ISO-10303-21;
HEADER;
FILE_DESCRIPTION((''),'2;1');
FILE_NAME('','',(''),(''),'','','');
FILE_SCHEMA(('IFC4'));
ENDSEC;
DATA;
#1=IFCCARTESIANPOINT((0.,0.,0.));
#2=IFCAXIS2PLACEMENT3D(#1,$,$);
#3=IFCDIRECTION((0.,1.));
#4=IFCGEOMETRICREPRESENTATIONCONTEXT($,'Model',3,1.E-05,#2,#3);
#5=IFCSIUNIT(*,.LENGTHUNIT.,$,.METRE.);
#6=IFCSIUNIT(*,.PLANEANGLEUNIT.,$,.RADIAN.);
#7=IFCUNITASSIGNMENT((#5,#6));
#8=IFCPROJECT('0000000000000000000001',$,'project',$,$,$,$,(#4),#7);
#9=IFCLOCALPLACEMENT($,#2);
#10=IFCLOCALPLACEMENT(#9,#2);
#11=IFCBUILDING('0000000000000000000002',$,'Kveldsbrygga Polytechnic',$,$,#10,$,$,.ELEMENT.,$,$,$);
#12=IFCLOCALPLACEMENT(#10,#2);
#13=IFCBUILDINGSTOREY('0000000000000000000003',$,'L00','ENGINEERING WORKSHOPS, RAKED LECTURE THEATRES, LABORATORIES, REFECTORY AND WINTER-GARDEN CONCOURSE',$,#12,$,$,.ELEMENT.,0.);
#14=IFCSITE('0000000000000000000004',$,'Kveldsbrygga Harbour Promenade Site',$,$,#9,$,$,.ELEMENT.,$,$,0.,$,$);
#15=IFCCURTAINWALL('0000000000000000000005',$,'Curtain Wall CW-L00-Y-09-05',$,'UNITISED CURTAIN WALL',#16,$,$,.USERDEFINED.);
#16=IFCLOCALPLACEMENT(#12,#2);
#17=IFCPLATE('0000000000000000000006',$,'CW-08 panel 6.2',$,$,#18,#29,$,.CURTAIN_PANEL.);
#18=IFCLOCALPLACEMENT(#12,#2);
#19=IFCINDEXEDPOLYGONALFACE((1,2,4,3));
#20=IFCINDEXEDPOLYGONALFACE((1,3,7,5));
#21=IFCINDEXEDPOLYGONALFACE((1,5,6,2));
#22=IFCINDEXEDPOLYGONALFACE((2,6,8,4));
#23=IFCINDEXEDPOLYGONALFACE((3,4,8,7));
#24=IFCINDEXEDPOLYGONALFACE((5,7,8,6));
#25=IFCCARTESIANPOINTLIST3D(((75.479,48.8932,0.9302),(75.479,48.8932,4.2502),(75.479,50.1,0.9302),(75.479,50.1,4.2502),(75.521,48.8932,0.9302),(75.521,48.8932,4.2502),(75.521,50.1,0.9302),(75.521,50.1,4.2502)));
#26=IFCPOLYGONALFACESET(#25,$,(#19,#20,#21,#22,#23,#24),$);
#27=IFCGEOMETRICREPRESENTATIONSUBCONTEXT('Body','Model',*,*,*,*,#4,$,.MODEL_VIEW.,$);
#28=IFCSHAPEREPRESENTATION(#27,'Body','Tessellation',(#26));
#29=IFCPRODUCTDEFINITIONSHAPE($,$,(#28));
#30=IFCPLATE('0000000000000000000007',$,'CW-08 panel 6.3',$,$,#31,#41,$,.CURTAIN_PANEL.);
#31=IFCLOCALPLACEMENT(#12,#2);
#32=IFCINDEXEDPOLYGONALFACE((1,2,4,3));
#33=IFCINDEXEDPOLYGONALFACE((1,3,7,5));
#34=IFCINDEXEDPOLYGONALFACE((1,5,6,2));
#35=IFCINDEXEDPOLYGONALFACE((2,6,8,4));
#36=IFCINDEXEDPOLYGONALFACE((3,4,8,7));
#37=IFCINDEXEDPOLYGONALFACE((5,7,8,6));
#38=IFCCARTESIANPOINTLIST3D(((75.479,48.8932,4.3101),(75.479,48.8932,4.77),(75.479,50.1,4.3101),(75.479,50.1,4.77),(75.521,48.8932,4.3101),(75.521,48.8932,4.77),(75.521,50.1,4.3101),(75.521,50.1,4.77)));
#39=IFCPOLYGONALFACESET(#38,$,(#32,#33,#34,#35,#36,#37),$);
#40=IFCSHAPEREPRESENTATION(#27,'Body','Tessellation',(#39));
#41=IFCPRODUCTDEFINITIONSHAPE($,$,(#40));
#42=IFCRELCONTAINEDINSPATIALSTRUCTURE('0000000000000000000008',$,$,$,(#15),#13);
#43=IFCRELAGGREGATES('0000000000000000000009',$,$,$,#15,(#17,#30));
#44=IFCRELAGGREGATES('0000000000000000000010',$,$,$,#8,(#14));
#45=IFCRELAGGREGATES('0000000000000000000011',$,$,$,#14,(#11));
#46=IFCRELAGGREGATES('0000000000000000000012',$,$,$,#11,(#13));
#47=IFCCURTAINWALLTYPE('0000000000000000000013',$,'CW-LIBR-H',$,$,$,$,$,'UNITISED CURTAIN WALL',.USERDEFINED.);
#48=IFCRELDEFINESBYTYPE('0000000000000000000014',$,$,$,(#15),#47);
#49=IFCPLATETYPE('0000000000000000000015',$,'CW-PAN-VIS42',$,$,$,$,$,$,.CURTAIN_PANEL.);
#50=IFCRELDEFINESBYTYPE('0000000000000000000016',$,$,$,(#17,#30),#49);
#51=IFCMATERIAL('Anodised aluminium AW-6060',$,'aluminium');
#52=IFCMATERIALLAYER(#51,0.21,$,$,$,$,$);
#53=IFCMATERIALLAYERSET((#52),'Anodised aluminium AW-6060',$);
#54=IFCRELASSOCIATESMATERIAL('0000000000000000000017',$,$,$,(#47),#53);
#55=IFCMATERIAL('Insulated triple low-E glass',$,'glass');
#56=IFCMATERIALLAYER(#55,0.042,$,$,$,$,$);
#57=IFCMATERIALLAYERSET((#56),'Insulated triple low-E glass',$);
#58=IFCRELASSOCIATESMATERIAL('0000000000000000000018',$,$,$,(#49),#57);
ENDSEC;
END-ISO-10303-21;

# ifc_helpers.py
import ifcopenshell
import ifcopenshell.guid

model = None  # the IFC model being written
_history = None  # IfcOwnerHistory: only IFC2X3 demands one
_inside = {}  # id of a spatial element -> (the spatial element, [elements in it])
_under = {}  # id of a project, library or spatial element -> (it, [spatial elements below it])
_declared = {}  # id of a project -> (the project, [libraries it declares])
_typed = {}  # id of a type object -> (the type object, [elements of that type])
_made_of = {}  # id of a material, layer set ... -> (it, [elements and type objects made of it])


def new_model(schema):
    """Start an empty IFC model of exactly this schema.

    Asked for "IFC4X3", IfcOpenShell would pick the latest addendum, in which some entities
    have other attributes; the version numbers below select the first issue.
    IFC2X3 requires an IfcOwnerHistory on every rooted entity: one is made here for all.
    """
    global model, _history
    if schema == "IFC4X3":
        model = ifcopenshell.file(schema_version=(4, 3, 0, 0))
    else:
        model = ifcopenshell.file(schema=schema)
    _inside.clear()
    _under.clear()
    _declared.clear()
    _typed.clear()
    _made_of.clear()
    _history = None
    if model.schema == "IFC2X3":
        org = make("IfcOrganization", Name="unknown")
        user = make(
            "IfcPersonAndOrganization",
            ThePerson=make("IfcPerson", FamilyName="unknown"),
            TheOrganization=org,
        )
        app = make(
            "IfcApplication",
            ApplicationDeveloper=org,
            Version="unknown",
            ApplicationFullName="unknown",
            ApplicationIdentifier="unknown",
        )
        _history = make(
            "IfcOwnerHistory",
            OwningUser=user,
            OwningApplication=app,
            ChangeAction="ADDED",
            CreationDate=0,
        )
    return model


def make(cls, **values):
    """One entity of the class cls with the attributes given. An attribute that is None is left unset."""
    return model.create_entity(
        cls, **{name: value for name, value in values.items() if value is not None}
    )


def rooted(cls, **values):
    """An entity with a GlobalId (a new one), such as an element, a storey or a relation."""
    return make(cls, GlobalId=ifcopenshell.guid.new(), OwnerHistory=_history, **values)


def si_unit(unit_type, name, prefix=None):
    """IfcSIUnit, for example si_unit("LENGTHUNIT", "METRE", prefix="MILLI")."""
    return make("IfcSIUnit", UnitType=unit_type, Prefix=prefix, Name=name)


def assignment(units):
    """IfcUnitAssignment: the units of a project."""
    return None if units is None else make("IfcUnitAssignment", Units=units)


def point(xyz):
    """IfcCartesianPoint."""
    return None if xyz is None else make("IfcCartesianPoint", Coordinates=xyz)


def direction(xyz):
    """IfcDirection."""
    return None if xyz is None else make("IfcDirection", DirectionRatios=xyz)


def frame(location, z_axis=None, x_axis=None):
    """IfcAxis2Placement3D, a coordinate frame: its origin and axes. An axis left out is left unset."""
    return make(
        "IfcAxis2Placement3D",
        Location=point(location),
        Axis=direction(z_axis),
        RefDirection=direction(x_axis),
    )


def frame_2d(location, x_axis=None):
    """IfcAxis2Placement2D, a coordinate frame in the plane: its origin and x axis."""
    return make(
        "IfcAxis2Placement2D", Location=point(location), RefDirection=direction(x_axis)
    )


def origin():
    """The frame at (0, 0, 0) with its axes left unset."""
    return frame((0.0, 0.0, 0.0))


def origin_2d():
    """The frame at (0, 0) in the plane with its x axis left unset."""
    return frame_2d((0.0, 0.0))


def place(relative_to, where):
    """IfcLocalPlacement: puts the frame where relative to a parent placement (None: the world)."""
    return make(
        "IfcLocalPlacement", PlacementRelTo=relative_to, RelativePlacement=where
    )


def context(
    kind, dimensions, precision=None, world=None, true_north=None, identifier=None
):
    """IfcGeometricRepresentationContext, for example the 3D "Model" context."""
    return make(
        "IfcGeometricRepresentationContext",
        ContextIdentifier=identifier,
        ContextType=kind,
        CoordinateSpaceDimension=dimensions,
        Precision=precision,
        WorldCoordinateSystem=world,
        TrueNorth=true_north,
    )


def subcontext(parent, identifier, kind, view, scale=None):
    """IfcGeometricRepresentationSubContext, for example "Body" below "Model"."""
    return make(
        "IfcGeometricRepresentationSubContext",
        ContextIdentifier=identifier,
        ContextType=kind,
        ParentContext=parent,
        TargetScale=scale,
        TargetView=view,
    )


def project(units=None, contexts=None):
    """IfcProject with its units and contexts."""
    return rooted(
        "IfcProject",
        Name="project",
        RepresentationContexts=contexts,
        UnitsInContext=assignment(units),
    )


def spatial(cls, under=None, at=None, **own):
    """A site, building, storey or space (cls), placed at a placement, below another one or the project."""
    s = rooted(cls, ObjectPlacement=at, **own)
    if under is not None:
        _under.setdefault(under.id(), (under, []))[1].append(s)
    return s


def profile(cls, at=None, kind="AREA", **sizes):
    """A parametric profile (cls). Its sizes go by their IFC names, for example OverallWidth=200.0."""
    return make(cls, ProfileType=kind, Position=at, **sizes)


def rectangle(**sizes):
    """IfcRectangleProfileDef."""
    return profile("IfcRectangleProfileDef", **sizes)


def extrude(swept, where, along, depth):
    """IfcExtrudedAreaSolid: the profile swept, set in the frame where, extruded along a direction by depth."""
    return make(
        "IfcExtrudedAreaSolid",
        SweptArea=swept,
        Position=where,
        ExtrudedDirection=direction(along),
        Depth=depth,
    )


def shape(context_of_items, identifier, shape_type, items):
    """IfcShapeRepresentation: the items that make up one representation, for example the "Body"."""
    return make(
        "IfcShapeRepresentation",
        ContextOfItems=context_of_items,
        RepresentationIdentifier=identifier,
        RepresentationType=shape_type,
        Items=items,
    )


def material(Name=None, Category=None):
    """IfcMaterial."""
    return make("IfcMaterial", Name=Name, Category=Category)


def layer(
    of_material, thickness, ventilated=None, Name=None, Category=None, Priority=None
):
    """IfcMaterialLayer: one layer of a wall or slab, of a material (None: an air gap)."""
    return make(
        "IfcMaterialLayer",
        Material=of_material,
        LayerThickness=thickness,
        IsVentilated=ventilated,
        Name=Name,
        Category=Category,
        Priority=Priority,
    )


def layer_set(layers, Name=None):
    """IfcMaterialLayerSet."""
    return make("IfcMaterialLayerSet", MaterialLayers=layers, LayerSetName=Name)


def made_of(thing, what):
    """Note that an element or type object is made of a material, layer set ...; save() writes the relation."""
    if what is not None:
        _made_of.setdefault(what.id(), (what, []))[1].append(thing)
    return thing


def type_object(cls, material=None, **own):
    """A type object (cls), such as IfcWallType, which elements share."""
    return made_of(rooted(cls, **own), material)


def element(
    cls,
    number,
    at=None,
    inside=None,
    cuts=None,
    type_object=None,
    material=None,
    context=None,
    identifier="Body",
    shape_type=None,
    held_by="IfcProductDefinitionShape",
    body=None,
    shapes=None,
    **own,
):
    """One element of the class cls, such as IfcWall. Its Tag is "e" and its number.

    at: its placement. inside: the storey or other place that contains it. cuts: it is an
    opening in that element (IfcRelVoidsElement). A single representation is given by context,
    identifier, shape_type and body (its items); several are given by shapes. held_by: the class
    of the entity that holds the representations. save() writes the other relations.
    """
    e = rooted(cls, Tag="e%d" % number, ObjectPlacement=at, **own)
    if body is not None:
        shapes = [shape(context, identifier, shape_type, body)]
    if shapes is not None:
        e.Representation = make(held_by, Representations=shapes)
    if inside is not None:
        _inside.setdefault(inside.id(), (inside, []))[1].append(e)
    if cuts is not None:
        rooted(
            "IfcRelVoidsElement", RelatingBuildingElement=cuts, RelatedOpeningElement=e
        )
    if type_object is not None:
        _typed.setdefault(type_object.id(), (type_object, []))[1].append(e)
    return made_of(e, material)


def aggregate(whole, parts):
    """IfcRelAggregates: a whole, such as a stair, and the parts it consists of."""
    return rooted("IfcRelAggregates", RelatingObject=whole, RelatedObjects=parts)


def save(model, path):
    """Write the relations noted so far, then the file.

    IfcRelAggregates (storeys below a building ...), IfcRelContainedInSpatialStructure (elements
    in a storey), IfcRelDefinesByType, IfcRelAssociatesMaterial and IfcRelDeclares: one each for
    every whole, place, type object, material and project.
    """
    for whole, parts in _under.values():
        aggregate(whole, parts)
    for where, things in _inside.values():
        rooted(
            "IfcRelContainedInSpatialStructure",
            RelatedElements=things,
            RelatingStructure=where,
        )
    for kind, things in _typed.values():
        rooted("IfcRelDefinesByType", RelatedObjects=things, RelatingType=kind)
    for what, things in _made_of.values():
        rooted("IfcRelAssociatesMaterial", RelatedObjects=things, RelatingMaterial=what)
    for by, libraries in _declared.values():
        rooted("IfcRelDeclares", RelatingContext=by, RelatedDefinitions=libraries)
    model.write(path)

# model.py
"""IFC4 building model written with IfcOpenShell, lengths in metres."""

from ifc_helpers import new_model, si_unit, direction, frame, origin, origin_2d, place, context, subcontext, project, spatial, rectangle, extrude, material, layer, layer_set, type_object, element, aggregate, save


model = new_model("IFC4")

# Units and contexts
model_context = context("Model", 3, precision=1e-05, world=origin(), true_north=direction((0.0, 1.0)))
body_context = subcontext(model_context, "Body", "Model", "MODEL_VIEW")
ifc_project = project(units=[si_unit("LENGTHUNIT", "METRE"), si_unit("PLANEANGLEUNIT", "RADIAN")], contexts=[model_context])

# Site, building, storey
site_placement = place(None, origin())
site = spatial("IfcSite", under=ifc_project, at=site_placement, Name="Kveldsbrygga Harbour Promenade Site", CompositionType="ELEMENT", RefElevation=0.0)
building_placement = place(site_placement, origin())
building = spatial("IfcBuilding", under=site, at=building_placement, Name="Kveldsbrygga Polytechnic", CompositionType="ELEMENT")
storey_placement = place(building_placement, origin())
storey = spatial("IfcBuildingStorey", under=building, at=storey_placement, Name="L00", Description="ENGINEERING WORKSHOPS, RAKED LECTURE THEATRES, LABORATORIES, REFECTORY AND WINTER-GARDEN CONCOURSE", CompositionType="ELEMENT", Elevation=0.0)

# Curtain wall, plates
ifc_material_1 = material(Name="Anodised aluminium AW-6060", Category="aluminium")
ifc_layer_1 = layer(ifc_material_1, 0.21)
ifc_layer_set_1 = layer_set([ifc_layer_1], Name="Anodised aluminium AW-6060")
curtain_wall_type = type_object("IfcCurtainWallType", Name="CW-LIBR-H", ElementType="UNITISED CURTAIN WALL", PredefinedType="USERDEFINED", material=ifc_layer_set_1)
curtain_wall_placement = place(storey_placement, origin())
curtain_wall = element("IfcCurtainWall", 1, at=curtain_wall_placement, inside=storey, type_object=curtain_wall_type, Name="Curtain Wall CW-L00-Y-09-05", ObjectType="UNITISED CURTAIN WALL", PredefinedType="USERDEFINED")
ifc_material_2 = material(Name="Insulated triple low-E glass", Category="glass")
ifc_layer_2 = layer(ifc_material_2, 0.042)
ifc_layer_set_2 = layer_set([ifc_layer_2], Name="Insulated triple low-E glass")
plate_type = type_object("IfcPlateType", Name="CW-PAN-VIS42", PredefinedType="CURTAIN_PANEL", material=ifc_layer_set_2)
plate_1_placement = place(storey_placement, frame((75.5, 49.4966, 0.9302), z_axis=(0.0, 0.0, 1.0), x_axis=(0.0, 1.0, 0.0)))
plate_1 = element("IfcPlate", 2, at=plate_1_placement, type_object=plate_type, Name="CW-08 panel 6.2", PredefinedType="CURTAIN_PANEL", context=body_context, shape_type="SweptSolid", body=[
    extrude(rectangle(XDim=1.2068, YDim=0.042, at=origin_2d()), origin(), (0.0, 0.0, 1.0), 3.3201),
])
plate_2_placement = place(storey_placement, frame((75.5, 49.4966, 4.3101), z_axis=(0.0, 0.0, 1.0), x_axis=(0.0, 1.0, 0.0)))
plate_2 = element("IfcPlate", 3, at=plate_2_placement, type_object=plate_type, Name="CW-08 panel 6.3", PredefinedType="CURTAIN_PANEL", context=body_context, shape_type="SweptSolid", body=[
    extrude(rectangle(XDim=1.2068, YDim=0.042, at=origin_2d()), origin(), (0.0, 0.0, 1.0), 0.46),
])
aggregate(curtain_wall, [plate_1, plate_2])

save(model, "model.ifc")
